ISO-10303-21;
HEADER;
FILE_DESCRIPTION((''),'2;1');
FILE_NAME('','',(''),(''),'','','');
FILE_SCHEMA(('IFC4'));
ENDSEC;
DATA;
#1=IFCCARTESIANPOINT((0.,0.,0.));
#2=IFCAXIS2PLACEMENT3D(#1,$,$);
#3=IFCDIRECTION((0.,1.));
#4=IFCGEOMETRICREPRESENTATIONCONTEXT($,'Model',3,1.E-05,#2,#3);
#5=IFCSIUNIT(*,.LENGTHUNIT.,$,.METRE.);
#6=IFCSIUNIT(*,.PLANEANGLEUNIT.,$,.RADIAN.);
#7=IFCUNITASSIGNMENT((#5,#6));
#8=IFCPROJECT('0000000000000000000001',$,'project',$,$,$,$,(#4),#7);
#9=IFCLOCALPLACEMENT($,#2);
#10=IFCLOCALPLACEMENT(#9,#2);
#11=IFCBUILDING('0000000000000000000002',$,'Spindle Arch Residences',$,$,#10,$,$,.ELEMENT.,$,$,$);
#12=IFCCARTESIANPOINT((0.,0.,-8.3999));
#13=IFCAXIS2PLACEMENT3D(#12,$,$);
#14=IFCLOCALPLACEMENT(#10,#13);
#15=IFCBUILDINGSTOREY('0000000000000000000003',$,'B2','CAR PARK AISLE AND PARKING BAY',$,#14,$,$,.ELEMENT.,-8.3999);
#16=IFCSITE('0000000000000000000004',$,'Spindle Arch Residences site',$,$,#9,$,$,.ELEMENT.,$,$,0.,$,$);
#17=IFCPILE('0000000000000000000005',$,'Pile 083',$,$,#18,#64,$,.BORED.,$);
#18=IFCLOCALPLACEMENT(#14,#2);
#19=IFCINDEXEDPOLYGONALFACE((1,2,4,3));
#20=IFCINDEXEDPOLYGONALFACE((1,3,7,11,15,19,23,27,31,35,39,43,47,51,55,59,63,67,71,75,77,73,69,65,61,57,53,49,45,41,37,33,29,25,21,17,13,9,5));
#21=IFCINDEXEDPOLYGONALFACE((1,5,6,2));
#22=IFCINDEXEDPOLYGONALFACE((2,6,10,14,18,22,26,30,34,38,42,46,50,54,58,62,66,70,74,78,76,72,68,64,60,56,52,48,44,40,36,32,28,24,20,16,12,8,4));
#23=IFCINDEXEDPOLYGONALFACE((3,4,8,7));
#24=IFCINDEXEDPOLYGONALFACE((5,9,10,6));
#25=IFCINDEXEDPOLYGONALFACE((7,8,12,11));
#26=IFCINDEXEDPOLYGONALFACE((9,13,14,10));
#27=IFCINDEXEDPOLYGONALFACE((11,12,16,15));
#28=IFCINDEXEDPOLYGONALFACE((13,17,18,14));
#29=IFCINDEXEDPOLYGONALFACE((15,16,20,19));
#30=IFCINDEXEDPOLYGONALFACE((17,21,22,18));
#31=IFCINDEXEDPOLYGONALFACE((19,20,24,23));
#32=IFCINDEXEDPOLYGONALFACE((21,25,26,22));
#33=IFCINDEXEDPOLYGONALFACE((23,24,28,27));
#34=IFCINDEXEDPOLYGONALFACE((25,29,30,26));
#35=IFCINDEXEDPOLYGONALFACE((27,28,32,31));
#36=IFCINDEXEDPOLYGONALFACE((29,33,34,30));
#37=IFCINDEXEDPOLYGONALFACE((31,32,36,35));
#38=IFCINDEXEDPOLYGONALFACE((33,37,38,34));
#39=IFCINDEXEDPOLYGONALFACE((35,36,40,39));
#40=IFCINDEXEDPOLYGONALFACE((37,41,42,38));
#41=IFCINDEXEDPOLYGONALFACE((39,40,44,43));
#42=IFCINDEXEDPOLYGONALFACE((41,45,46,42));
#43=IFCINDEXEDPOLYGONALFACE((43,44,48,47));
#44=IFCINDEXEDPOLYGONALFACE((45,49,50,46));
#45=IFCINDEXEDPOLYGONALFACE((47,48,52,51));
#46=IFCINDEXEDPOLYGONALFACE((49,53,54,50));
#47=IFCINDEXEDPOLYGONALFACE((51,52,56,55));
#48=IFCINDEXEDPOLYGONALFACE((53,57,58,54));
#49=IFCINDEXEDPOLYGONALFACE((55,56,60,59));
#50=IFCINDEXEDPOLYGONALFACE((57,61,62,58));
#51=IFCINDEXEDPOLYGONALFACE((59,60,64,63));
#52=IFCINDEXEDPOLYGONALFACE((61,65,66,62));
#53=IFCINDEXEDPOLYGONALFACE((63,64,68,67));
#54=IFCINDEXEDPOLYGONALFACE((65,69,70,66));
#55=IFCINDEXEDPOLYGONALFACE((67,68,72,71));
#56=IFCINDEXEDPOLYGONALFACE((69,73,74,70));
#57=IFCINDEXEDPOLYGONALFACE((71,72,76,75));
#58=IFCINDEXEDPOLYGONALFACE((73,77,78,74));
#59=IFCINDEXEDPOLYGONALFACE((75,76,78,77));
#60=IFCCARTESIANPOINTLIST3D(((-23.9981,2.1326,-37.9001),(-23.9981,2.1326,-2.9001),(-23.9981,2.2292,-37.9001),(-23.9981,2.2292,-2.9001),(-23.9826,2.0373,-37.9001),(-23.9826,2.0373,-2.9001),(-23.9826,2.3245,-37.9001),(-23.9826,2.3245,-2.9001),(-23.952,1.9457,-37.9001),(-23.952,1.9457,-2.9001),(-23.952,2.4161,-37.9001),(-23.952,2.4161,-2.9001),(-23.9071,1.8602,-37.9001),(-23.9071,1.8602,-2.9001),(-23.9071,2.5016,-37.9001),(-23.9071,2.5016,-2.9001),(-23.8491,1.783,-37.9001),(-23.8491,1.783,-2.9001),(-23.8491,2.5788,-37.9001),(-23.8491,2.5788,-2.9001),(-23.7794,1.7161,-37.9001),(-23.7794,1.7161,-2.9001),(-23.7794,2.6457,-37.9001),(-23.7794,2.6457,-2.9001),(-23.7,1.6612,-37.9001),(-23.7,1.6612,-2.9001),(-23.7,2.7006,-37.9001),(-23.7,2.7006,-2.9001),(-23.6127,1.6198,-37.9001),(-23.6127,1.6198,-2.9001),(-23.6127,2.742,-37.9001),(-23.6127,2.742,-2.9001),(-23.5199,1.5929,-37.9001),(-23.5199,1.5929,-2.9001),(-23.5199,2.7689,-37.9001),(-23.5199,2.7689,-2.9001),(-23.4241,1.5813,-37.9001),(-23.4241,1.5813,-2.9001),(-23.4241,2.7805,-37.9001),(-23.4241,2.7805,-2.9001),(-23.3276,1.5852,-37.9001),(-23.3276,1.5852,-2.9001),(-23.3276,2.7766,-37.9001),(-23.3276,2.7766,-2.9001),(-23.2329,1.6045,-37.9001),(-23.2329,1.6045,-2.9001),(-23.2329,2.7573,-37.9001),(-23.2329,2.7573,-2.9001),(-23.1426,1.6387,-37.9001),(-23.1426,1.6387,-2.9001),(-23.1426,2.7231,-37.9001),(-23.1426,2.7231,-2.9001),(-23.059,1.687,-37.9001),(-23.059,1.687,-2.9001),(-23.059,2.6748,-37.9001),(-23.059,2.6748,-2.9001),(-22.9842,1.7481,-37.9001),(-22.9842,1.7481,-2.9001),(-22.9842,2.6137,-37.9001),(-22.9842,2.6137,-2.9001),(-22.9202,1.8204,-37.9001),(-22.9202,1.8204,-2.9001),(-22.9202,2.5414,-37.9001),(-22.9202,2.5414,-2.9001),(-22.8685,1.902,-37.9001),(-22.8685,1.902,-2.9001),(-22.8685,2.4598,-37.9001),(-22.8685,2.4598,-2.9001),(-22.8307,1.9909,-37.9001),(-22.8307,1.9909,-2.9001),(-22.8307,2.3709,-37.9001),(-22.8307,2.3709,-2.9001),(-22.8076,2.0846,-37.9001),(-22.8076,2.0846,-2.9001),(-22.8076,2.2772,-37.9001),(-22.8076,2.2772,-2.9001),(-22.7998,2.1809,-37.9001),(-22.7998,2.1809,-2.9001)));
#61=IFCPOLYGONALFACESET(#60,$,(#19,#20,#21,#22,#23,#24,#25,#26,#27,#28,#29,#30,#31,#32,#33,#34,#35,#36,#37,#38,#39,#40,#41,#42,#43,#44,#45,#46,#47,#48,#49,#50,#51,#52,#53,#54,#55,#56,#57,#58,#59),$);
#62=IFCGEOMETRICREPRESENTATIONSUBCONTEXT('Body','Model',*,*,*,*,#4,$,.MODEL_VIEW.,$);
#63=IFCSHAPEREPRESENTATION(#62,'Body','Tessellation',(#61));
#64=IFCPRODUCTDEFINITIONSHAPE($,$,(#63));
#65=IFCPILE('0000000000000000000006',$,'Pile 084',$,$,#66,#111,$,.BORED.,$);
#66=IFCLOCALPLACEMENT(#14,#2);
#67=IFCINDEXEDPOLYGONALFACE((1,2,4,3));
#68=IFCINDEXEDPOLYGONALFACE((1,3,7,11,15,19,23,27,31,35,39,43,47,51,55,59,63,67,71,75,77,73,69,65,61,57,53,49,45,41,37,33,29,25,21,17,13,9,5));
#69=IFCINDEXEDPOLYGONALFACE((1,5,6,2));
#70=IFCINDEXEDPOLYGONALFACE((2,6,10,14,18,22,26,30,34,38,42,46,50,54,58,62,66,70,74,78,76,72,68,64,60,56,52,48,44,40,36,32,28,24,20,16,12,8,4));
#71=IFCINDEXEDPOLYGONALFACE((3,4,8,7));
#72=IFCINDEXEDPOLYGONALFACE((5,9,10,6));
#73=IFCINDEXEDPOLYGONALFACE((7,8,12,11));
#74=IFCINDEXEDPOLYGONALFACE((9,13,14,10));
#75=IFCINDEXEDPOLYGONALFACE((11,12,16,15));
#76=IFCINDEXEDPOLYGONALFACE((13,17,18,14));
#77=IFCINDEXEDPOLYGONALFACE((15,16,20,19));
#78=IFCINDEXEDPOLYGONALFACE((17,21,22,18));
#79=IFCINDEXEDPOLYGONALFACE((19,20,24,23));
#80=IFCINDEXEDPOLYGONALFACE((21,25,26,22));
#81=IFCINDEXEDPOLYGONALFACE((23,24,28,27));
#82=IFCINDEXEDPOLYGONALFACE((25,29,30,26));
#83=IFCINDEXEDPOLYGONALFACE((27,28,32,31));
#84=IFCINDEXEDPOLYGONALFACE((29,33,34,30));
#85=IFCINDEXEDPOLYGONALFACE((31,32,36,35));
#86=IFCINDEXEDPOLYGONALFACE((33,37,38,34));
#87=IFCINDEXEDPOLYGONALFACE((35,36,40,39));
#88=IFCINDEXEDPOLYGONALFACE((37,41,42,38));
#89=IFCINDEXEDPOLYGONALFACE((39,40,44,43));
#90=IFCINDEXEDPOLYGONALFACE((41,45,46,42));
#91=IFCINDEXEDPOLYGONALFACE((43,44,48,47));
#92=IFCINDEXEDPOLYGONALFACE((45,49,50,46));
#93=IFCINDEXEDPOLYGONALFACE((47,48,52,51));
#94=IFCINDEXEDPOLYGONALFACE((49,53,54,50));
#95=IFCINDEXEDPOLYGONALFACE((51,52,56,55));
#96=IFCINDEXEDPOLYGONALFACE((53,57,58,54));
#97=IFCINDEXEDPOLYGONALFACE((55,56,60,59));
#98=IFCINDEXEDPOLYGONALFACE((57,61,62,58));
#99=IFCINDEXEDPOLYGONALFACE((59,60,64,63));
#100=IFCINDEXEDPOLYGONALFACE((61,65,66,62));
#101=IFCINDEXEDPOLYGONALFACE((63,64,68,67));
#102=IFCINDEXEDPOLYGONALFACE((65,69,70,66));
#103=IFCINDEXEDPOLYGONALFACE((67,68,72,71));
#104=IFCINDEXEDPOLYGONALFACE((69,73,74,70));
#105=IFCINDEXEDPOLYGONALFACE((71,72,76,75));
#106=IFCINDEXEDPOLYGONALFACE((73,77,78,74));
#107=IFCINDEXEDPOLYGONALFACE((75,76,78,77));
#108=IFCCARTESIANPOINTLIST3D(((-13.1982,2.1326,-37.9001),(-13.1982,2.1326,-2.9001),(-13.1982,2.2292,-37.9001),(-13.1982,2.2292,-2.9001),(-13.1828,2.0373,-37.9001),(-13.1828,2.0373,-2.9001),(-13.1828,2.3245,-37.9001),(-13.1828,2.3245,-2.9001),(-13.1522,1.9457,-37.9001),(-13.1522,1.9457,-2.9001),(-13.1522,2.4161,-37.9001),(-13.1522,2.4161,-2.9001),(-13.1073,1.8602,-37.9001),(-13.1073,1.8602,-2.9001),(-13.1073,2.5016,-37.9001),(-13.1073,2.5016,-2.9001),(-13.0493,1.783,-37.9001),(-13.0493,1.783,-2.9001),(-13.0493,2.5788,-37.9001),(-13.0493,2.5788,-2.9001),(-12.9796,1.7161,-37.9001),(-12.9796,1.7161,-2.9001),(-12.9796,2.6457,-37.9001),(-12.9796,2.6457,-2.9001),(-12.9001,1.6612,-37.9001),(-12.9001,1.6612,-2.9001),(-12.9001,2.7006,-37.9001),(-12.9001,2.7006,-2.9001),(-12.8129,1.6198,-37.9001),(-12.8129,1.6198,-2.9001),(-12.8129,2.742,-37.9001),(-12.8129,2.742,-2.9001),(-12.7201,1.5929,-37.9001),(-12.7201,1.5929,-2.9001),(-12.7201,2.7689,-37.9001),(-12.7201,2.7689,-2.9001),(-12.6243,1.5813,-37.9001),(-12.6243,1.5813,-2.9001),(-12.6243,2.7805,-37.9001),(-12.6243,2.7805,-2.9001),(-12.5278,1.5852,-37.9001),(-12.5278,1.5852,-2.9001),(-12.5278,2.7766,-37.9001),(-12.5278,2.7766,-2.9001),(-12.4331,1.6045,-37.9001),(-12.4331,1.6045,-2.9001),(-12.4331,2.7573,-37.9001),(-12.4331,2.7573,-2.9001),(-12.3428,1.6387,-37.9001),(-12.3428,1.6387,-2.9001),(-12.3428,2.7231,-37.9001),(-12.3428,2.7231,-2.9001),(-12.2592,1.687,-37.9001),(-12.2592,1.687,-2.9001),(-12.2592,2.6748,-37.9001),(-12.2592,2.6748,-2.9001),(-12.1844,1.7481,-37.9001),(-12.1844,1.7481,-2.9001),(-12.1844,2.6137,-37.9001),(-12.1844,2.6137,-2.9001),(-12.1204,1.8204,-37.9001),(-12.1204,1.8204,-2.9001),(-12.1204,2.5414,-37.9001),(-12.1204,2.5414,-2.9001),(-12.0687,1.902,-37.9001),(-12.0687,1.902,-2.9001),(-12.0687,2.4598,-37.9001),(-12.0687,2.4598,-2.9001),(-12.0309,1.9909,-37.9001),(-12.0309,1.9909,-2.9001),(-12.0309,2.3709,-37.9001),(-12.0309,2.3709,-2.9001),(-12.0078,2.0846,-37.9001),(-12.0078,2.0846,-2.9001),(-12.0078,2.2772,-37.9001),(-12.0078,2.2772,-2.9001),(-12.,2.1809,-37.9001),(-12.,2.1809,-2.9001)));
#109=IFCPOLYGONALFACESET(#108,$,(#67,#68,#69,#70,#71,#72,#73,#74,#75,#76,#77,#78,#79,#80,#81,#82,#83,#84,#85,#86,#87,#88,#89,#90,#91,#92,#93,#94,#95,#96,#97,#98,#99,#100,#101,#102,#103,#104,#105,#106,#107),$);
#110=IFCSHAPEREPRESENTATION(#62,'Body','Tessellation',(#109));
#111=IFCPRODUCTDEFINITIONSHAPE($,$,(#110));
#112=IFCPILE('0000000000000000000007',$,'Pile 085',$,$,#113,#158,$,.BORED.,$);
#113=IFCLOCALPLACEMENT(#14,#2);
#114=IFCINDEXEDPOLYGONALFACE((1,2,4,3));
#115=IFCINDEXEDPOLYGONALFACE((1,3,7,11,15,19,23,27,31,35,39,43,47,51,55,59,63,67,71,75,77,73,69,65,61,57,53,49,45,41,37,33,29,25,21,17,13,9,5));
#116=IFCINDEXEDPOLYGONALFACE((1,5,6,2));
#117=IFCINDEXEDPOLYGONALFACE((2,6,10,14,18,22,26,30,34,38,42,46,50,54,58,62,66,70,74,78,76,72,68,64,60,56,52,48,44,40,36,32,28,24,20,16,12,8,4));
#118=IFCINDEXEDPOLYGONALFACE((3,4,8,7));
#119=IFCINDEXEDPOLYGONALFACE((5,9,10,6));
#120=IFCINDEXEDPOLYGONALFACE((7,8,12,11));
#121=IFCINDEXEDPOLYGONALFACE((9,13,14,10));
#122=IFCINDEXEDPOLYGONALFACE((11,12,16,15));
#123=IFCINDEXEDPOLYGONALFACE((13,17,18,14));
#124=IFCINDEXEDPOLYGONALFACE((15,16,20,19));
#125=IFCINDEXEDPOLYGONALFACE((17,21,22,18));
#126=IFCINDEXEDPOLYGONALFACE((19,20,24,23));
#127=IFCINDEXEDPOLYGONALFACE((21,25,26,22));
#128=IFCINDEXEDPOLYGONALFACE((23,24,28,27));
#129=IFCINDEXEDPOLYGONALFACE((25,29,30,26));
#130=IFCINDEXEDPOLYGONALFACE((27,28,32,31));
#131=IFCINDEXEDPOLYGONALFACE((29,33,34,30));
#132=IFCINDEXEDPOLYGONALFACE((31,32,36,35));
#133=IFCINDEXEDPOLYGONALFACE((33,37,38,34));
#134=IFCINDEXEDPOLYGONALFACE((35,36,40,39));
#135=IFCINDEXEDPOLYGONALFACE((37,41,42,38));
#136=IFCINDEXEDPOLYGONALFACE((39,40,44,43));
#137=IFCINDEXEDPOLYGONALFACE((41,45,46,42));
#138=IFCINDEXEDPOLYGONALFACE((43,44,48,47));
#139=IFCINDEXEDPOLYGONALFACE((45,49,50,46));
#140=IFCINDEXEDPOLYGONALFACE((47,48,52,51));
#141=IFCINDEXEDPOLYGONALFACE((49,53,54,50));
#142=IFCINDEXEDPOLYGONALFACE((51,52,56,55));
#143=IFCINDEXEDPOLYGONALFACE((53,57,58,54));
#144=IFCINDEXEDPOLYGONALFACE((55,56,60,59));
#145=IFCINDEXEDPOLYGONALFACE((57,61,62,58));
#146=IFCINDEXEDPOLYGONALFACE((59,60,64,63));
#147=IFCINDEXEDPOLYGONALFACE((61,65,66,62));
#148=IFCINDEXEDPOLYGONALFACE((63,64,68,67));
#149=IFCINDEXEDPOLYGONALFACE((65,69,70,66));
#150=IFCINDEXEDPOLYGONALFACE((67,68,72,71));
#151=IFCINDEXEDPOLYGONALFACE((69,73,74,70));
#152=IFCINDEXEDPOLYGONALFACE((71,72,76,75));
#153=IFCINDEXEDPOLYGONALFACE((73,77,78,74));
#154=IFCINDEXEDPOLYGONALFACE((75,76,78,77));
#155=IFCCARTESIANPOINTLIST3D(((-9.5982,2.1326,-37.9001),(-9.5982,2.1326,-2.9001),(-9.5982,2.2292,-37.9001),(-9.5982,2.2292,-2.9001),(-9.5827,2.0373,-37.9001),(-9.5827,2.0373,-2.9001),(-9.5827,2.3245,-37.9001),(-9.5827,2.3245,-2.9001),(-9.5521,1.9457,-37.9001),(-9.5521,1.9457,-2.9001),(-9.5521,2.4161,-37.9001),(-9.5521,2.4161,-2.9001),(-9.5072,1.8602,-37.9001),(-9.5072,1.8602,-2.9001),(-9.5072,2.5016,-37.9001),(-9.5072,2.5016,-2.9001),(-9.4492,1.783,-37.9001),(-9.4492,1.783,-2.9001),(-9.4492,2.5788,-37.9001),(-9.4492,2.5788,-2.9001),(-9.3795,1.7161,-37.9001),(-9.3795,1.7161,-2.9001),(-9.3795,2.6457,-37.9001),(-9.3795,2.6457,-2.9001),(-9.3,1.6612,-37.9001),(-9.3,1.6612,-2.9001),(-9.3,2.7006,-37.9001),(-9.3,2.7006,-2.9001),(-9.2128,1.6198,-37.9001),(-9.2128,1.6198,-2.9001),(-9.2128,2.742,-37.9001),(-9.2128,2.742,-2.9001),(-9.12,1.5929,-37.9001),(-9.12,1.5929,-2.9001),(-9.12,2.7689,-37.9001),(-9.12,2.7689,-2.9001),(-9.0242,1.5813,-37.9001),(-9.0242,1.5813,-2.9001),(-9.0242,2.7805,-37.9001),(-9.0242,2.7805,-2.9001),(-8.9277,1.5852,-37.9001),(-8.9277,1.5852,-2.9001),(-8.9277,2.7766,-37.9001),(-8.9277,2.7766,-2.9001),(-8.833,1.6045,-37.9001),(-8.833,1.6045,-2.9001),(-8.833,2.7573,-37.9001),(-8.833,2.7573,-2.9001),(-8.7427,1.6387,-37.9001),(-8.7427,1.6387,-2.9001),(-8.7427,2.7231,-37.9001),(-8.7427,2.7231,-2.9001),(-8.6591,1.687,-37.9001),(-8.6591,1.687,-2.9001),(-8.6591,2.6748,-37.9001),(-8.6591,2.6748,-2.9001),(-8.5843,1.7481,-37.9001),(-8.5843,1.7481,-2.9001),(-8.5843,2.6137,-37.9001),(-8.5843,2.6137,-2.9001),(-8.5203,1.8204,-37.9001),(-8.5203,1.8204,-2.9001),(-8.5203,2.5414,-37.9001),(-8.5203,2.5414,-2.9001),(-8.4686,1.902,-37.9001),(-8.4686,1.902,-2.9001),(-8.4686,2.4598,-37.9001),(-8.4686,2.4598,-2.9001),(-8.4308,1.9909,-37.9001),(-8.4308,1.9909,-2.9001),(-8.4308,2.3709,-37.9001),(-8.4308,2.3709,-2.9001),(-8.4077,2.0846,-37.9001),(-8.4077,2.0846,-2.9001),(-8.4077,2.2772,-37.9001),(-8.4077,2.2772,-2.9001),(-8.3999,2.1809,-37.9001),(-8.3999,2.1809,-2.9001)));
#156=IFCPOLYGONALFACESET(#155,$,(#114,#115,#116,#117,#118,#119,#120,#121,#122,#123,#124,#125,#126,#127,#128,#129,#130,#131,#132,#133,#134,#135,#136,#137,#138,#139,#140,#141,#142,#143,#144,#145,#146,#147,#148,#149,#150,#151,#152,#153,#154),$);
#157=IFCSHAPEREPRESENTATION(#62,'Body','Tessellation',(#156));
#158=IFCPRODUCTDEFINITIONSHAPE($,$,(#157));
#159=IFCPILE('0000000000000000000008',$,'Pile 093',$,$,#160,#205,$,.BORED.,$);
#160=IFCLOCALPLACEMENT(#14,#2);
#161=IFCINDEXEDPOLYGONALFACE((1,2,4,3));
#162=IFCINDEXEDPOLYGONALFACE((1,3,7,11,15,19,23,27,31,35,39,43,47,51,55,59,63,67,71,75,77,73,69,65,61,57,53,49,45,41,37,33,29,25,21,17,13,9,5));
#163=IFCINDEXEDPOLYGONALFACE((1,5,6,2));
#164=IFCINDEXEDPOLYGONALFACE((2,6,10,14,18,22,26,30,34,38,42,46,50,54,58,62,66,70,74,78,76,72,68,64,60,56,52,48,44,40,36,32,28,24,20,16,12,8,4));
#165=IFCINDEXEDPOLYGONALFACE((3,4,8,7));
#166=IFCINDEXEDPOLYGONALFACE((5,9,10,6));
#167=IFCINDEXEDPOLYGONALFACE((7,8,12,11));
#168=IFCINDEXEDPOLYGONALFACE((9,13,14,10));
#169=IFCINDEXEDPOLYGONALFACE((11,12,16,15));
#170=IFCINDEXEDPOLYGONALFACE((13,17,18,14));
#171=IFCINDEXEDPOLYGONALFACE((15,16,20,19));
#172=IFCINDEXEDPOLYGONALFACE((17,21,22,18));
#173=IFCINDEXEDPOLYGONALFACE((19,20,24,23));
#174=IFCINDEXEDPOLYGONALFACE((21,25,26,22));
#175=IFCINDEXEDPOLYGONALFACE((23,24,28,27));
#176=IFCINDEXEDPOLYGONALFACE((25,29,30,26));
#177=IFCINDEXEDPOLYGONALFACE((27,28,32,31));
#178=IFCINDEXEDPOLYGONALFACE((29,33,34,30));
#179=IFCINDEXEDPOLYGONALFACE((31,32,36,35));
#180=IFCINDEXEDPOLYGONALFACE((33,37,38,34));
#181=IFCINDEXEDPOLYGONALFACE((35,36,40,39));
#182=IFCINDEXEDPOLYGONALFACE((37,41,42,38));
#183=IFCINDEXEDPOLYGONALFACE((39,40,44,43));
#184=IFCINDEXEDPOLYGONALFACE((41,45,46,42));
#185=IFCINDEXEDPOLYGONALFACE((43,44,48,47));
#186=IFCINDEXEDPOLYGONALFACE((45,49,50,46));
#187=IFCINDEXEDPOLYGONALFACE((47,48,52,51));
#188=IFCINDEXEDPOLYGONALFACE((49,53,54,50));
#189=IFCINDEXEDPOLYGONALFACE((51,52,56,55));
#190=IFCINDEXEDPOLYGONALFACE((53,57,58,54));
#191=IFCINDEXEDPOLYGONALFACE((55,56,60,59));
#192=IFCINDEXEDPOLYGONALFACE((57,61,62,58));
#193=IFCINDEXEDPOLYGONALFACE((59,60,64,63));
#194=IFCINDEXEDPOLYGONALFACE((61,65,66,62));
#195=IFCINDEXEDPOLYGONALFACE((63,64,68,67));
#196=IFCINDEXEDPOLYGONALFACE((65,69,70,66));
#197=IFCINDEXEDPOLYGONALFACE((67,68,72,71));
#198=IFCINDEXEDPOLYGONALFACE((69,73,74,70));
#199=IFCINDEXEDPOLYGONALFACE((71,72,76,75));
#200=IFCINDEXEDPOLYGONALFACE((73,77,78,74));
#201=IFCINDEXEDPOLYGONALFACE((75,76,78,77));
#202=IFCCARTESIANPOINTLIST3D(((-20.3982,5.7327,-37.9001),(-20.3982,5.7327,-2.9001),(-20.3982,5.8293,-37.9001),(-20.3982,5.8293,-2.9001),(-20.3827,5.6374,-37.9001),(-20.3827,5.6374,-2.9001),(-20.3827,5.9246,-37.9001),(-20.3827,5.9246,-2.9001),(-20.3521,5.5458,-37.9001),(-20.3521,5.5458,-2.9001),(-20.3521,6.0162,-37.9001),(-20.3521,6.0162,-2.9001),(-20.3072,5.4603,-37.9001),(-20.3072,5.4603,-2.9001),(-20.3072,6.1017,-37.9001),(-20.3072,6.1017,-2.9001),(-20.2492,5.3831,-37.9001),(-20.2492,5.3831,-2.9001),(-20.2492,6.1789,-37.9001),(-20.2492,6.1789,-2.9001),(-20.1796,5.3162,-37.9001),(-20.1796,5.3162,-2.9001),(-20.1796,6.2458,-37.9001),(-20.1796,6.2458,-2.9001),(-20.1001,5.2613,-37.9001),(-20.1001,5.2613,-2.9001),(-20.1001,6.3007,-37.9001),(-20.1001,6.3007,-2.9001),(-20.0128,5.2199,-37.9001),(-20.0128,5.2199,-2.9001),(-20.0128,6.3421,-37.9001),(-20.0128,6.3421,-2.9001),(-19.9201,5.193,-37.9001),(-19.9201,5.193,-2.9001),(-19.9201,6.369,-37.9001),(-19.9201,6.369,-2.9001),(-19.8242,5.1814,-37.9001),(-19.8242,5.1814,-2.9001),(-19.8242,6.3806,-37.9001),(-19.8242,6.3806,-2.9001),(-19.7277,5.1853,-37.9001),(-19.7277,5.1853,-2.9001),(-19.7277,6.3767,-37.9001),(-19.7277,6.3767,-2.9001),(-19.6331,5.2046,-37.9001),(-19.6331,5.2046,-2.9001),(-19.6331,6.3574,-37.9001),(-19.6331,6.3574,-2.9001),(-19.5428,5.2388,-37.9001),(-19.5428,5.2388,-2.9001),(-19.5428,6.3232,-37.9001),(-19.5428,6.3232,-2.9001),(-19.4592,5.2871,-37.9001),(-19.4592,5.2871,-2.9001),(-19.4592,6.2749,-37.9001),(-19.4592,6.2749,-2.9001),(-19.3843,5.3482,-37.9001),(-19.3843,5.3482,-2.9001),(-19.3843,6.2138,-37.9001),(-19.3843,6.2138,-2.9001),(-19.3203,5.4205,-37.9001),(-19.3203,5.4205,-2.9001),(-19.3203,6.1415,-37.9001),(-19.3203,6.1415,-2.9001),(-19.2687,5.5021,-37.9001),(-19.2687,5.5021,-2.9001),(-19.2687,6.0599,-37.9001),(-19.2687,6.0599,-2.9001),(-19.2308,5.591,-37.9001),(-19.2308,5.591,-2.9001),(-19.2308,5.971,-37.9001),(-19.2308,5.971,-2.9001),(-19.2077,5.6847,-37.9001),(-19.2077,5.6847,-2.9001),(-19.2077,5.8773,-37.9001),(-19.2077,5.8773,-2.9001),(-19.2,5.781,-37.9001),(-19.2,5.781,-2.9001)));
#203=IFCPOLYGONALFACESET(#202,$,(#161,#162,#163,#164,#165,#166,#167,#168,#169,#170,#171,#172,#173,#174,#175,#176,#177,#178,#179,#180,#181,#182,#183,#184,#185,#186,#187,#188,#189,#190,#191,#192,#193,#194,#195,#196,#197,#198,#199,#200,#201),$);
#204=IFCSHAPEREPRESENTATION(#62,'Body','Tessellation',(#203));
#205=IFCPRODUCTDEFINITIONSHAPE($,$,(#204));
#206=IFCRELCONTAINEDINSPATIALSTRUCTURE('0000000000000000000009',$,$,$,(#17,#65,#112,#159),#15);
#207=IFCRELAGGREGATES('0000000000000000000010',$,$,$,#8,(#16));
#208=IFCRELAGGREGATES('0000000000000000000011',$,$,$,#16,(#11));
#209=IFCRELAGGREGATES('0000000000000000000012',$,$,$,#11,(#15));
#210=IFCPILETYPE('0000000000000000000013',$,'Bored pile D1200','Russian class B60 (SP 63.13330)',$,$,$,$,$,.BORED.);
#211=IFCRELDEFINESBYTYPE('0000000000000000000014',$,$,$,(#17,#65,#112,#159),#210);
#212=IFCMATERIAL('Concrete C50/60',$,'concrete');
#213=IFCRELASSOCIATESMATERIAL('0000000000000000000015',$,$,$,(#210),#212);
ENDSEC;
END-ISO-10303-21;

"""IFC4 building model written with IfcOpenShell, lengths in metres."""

from ifc_helpers import new_model, si_unit, direction, frame, origin, origin_2d, place, context, subcontext, project, spatial, circle, extrude, material, material_profile, profile_set, type_object, element, save


model = new_model("IFC4")

# Units and contexts
model_context = context("Model", 3, precision=1e-05, world=origin(), true_north=direction((0.0, 1.0)))
body_context = subcontext(model_context, "Body", "Model", "MODEL_VIEW")
ifc_project = project(units=[si_unit("LENGTHUNIT", "METRE"), si_unit("PLANEANGLEUNIT", "RADIAN")], contexts=[model_context])

# Site, building, storey
site_placement = place(None, origin())
site = spatial("IfcSite", under=ifc_project, at=site_placement, Name="Spindle Arch Residences site", CompositionType="ELEMENT", RefElevation=0.0)
building_placement = place(site_placement, origin())
building = spatial("IfcBuilding", under=site, at=building_placement, Name="Spindle Arch Residences", CompositionType="ELEMENT")
storey_placement = place(building_placement, frame((0.0, 0.0, -8.3999)))
storey = spatial("IfcBuildingStorey", under=building, at=storey_placement, Name="B2", Description="CAR PARK AISLE AND PARKING BAY", CompositionType="ELEMENT", Elevation=-8.3999)

# Piles
ifc_material_1 = material(Name="Concrete C50/60", Category="concrete")
ifc_material_profile_1 = material_profile(ifc_material_1, circle(Radius=0.6001, at=origin_2d()), Name="BP D1200")
ifc_profile_set_1 = profile_set([ifc_material_profile_1], Name="Concrete C50/60")
pile_type = type_object("IfcPileType", Name="Bored pile D1200", Description="Russian class B60 (SP 63.13330)", PredefinedType="BORED", material=ifc_profile_set_1)
for number, where, z_axis, x_axis, name in (
    (1, (-23.3999, 2.1809, -2.9001), (0.0, 0.0, -1.0), (1.0, 0.0, 0.0), "Pile 083"),
    (2, (-12.6001, 2.1809, -2.9001), (0.0, 0.0, -1.0), (1.0, 0.0, 0.0), "Pile 084"),
    (3, (-9.0, 2.1809, -2.9001), (0.0, 0.0, -1.0), (1.0, 0.0, 0.0), "Pile 085"),
    (4, (-19.8, 5.781, -2.9001), (0.0, 0.0, -1.0), (1.0, 0.0, 0.0), "Pile 093"),
):
    element("IfcPile", number, at=place(storey_placement, frame(where, z_axis=z_axis, x_axis=x_axis)), inside=storey, type_object=pile_type, Name=name, PredefinedType="BORED", context=body_context, shape_type="SweptSolid", body=[
        extrude(circle(Radius=0.6001, at=origin_2d()), origin(), (0.0, 0.0, 1.0), 35.0),
    ])

save(model, "model.ifc")
